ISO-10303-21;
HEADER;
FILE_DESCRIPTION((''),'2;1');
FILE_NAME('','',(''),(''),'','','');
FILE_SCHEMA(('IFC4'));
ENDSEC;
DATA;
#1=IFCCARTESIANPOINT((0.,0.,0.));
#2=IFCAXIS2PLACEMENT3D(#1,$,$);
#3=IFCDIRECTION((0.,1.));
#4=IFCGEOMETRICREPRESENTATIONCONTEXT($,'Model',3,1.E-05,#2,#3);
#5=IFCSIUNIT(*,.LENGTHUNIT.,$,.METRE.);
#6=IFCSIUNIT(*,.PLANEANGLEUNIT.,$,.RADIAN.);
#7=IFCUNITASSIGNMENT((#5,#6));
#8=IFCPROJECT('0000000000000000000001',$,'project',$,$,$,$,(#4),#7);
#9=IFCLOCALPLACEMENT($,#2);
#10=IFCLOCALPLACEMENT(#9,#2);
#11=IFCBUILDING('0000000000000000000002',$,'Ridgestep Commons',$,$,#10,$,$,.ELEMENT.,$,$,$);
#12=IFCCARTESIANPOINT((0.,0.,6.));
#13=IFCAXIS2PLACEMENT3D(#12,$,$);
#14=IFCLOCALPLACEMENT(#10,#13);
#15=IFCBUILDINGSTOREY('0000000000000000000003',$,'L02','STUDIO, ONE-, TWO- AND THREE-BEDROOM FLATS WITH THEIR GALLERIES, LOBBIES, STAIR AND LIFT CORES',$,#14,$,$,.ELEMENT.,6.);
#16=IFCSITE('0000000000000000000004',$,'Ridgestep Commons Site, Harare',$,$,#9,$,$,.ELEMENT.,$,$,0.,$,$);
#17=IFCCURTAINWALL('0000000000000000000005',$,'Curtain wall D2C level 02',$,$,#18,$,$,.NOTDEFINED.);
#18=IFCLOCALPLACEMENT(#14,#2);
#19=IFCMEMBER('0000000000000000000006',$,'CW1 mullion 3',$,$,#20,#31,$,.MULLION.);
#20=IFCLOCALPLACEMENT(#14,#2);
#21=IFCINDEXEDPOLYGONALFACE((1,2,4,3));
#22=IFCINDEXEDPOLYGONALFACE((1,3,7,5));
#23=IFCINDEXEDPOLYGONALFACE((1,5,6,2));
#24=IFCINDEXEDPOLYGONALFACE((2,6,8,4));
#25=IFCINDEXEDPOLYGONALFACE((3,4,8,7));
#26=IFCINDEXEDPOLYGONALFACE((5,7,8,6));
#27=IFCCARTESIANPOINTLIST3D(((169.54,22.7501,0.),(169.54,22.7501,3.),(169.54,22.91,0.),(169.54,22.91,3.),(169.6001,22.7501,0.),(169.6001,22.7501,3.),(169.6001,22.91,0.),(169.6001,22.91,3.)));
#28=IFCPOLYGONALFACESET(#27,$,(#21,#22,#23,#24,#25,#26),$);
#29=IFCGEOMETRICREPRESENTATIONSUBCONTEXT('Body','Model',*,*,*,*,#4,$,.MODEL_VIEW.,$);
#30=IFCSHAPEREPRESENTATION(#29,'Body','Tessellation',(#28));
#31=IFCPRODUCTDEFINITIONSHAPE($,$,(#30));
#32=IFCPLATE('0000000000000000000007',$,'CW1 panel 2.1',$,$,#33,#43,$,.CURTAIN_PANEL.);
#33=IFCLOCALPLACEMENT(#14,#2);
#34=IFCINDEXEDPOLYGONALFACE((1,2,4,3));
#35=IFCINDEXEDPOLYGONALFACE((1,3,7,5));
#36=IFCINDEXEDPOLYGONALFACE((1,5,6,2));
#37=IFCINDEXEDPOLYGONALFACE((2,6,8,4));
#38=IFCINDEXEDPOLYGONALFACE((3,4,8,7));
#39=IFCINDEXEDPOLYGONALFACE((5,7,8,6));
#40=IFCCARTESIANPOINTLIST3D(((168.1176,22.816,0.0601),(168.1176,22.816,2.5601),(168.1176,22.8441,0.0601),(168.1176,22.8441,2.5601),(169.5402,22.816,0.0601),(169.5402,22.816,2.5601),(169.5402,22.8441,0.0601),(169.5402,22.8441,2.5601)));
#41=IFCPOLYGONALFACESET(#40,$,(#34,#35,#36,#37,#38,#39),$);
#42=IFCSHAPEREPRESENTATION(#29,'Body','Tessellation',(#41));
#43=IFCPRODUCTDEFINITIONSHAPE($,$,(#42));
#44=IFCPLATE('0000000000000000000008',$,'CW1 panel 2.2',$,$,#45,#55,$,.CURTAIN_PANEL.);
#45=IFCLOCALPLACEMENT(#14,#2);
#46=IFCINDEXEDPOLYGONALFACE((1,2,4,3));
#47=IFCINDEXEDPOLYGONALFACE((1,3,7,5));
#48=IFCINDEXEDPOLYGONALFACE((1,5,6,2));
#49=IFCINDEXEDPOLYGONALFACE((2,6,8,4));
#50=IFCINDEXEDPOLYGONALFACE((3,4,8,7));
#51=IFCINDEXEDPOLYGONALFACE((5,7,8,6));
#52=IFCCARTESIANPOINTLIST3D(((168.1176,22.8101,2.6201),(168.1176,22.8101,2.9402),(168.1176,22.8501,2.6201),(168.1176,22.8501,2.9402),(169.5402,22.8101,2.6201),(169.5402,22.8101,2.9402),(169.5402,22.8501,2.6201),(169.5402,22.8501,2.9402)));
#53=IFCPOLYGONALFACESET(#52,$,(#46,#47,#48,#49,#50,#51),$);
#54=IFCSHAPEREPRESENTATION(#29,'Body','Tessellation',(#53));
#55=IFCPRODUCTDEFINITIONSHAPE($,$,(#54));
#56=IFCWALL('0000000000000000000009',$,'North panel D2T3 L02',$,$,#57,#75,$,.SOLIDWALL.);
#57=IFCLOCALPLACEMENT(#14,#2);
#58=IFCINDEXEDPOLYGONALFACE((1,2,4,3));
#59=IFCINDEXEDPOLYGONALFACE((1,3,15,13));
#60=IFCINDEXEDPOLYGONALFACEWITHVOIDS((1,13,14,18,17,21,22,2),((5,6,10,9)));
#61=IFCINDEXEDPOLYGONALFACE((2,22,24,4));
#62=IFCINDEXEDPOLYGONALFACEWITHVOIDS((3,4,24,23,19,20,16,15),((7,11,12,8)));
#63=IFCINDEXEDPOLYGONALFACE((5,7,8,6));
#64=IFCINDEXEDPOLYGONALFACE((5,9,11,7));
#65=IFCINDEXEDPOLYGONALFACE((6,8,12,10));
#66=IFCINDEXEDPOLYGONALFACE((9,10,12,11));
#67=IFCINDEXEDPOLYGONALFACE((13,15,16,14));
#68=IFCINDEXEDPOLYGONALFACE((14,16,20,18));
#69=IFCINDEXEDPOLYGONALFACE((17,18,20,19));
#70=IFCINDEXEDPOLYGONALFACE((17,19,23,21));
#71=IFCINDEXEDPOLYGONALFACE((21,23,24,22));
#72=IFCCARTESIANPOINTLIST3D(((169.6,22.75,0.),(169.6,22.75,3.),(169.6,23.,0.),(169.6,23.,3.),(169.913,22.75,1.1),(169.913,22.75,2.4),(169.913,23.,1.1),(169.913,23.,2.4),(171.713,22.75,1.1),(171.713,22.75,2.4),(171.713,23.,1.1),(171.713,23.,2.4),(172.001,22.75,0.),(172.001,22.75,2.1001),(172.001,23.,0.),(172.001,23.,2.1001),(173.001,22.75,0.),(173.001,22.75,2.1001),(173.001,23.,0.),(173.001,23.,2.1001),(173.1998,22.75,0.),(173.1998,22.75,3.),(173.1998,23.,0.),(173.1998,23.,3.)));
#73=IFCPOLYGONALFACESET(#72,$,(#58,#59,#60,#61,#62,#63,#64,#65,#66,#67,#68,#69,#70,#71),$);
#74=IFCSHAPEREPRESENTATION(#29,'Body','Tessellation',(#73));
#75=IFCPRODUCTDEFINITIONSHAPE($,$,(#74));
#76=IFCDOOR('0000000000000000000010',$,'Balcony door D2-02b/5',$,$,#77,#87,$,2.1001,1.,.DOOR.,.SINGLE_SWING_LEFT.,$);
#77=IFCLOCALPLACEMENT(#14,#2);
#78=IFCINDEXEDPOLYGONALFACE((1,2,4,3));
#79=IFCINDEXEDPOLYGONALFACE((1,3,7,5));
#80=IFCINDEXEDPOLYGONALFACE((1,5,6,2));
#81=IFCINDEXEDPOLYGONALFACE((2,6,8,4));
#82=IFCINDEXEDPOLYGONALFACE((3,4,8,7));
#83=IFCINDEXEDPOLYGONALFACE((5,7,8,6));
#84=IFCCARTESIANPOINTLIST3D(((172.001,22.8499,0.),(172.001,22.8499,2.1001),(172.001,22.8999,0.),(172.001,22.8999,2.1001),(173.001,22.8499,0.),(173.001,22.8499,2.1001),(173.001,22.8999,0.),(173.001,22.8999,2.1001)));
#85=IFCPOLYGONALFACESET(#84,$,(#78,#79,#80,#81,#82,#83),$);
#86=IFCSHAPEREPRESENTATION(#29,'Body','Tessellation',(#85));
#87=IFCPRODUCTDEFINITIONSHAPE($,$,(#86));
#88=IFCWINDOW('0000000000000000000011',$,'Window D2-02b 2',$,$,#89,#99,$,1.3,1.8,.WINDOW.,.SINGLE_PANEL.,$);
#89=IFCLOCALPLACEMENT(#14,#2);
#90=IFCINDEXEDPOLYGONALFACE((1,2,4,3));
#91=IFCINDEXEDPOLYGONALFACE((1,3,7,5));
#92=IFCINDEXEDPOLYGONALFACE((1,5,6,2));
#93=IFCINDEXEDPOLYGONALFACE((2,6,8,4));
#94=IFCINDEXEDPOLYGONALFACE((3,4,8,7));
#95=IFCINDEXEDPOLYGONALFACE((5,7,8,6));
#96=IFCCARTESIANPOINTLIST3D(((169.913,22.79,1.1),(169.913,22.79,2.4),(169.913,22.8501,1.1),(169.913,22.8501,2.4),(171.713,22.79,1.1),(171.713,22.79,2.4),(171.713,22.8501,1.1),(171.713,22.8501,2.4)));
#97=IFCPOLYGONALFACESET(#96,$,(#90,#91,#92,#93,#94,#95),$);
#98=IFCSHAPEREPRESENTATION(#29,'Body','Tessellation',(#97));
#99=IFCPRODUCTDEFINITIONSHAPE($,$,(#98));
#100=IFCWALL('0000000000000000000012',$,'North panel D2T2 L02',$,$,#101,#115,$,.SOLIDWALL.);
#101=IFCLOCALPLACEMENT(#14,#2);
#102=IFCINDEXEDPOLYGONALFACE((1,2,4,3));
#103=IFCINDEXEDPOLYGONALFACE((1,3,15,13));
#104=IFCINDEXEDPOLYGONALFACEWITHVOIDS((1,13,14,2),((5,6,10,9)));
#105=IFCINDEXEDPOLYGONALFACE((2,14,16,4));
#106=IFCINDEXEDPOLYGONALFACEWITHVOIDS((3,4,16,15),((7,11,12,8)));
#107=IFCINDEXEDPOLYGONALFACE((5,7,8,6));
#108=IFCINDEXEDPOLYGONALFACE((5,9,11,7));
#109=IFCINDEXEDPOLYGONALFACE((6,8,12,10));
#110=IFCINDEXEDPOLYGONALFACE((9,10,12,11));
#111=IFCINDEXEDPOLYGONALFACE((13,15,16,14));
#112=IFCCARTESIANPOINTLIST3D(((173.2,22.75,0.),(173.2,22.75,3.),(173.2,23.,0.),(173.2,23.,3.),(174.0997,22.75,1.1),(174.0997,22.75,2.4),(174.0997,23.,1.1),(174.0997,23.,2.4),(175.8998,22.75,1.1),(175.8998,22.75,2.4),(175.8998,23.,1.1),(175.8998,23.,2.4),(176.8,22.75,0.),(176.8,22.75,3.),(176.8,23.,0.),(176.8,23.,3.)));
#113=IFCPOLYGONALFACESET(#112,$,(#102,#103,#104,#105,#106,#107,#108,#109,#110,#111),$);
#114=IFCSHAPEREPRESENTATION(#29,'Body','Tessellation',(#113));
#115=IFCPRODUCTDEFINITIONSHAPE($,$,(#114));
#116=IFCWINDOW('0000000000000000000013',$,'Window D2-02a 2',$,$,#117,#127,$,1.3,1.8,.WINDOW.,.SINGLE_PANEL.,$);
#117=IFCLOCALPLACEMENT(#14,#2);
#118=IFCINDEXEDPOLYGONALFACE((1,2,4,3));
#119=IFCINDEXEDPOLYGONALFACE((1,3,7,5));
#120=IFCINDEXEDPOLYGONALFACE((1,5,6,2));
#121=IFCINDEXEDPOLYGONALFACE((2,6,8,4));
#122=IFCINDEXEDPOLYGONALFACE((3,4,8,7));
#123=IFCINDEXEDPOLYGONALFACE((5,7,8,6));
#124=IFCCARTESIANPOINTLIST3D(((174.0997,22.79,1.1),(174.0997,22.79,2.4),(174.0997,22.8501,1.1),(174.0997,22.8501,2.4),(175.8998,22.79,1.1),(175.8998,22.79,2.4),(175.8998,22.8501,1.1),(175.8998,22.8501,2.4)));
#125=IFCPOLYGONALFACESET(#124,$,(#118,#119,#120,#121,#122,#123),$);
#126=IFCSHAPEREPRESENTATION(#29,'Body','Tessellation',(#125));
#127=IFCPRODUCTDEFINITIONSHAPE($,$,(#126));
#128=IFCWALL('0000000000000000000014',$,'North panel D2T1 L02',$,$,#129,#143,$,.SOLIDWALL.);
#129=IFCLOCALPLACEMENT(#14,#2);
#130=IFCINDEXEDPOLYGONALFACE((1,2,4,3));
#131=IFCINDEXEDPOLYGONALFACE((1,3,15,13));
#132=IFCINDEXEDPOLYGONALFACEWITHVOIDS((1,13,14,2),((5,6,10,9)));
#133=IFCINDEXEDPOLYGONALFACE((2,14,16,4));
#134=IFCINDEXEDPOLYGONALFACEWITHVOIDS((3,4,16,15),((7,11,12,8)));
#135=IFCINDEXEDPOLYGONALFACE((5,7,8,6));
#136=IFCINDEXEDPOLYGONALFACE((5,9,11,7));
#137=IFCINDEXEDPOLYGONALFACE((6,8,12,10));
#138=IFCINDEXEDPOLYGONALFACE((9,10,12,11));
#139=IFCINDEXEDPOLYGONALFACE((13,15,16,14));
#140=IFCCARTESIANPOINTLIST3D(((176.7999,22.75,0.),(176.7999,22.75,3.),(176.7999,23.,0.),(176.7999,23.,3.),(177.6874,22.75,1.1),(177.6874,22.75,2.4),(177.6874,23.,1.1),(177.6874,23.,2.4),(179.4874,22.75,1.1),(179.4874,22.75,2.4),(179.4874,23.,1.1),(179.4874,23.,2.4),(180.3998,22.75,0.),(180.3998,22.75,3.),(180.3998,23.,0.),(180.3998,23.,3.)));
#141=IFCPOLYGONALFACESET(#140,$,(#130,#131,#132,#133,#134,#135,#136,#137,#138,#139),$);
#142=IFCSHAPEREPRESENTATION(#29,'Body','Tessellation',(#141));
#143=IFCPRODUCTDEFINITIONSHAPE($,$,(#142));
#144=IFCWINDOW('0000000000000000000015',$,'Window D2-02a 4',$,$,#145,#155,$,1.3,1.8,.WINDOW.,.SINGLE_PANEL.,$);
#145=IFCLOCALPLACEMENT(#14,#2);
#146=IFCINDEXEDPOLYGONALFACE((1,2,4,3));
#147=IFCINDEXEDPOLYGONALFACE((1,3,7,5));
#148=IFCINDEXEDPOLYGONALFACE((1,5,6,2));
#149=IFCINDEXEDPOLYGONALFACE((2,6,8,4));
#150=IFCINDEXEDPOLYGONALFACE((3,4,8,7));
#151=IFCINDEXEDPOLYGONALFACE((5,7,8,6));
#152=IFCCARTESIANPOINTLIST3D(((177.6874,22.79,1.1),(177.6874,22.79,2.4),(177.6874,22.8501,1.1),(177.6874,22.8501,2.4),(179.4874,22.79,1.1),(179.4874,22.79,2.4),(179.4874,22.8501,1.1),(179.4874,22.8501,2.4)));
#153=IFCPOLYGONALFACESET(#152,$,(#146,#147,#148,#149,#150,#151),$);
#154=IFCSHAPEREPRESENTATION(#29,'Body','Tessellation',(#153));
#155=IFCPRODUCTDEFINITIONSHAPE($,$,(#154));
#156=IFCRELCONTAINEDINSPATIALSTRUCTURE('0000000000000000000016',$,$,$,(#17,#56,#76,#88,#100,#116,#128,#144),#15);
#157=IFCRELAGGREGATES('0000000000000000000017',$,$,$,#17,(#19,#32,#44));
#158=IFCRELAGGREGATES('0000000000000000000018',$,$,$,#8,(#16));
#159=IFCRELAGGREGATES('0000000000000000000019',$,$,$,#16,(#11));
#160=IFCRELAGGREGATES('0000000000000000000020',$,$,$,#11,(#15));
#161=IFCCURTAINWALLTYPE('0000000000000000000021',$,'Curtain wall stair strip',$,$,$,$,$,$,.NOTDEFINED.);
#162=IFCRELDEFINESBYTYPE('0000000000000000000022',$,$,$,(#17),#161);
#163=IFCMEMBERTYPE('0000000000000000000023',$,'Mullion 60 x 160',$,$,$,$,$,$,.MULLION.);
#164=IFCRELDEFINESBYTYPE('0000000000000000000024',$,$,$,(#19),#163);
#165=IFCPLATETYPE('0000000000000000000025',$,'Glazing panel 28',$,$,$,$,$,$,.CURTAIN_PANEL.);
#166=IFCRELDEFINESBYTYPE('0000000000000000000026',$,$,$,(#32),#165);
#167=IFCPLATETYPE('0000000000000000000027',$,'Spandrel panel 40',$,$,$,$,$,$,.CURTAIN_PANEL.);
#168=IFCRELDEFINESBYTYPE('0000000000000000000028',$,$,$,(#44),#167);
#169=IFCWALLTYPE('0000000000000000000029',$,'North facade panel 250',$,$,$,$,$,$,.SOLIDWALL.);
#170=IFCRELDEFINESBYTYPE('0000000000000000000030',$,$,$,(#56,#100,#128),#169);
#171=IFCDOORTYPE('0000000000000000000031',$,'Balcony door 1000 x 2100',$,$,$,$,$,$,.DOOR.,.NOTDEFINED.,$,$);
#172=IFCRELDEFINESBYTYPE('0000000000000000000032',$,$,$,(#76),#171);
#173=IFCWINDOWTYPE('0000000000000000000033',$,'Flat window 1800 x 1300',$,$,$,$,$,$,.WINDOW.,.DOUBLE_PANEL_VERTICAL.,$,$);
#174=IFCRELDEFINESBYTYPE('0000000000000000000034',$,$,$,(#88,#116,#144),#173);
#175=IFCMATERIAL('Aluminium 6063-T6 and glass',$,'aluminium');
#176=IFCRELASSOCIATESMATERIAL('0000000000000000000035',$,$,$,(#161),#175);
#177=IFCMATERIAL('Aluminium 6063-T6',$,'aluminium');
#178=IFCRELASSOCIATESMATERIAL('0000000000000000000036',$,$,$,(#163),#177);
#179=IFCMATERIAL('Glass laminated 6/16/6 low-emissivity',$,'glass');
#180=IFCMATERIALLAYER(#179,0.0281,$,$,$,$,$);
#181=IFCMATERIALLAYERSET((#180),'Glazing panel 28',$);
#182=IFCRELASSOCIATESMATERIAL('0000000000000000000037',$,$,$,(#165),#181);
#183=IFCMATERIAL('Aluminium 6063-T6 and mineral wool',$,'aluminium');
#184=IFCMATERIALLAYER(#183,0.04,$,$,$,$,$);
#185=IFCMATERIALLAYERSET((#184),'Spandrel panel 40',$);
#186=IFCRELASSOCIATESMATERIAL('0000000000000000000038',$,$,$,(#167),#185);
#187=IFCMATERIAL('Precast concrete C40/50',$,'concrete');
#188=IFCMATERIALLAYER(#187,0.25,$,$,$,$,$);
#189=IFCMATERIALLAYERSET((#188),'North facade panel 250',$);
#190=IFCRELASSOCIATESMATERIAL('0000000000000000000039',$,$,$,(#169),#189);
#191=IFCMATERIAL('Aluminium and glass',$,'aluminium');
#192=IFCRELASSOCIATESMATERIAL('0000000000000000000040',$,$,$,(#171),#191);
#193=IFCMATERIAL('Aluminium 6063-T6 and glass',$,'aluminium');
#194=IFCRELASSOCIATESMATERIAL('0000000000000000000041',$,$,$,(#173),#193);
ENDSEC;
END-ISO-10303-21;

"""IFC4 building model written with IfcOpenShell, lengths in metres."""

from ifc_helpers import new_model, si_unit, direction, frame, frame_2d, origin, origin_2d, place, context, subcontext, project, spatial, rectangle, extrude, material, layer, layer_set, material_profile, profile_set, type_object, element, fill, aggregate, save


model = new_model("IFC4")

# Units and contexts
model_context = context("Model", 3, precision=1e-05, world=origin(), true_north=direction((0.0, 1.0)))
body_context = subcontext(model_context, "Body", "Model", "MODEL_VIEW")
ifc_project = project(units=[si_unit("LENGTHUNIT", "METRE"), si_unit("PLANEANGLEUNIT", "RADIAN")], contexts=[model_context])

# Site, building, storey
site_placement = place(None, origin())
site = spatial("IfcSite", under=ifc_project, at=site_placement, Name="Ridgestep Commons Site, Harare", CompositionType="ELEMENT", RefElevation=0.0)
building_placement = place(site_placement, origin())
building = spatial("IfcBuilding", under=site, at=building_placement, Name="Ridgestep Commons", CompositionType="ELEMENT")
storey_placement = place(building_placement, frame((0.0, 0.0, 6.0)))
storey = spatial("IfcBuildingStorey", under=building, at=storey_placement, Name="L02", Description="STUDIO, ONE-, TWO- AND THREE-BEDROOM FLATS WITH THEIR GALLERIES, LOBBIES, STAIR AND LIFT CORES", CompositionType="ELEMENT", Elevation=6.0)

# Curtain wall, member, plates
ifc_material_1 = material(Name="Aluminium 6063-T6 and glass", Category="aluminium")
curtain_wall_type = type_object("IfcCurtainWallType", Name="Curtain wall stair strip", PredefinedType="NOTDEFINED", material=ifc_material_1)
curtain_wall_placement = place(storey_placement, origin())
curtain_wall = element("IfcCurtainWall", 1, at=curtain_wall_placement, inside=storey, type_object=curtain_wall_type, Name="Curtain wall D2C level 02", PredefinedType="NOTDEFINED")
ifc_material_2 = material(Name="Aluminium 6063-T6", Category="aluminium")
ifc_material_profile = material_profile(ifc_material_2, rectangle(XDim=0.1599, YDim=0.0601, at=origin_2d()), Name="Mullion 60 x 160")
ifc_profile_set = profile_set([ifc_material_profile], Name="Aluminium 6063-T6")
member_type = type_object("IfcMemberType", Name="Mullion 60 x 160", PredefinedType="MULLION", material=ifc_profile_set)
member_placement = place(storey_placement, frame((169.5701, 22.8301, 0.0), z_axis=(0.0, 0.0, 1.0), x_axis=(0.0, 1.0, 0.0)))
member = element("IfcMember", 2, at=member_placement, type_object=member_type, Name="CW1 mullion 3", PredefinedType="MULLION", context=body_context, shape_type="SweptSolid", body=[
    extrude(rectangle(XDim=0.1599, YDim=0.0601, at=origin_2d()), origin(), (0.0, 0.0, 1.0), 3.0),
])
ifc_material_3 = material(Name="Glass laminated 6/16/6 low-emissivity", Category="glass")
ifc_layer_1 = layer(ifc_material_3, 0.0281)
ifc_layer_set_1 = layer_set([ifc_layer_1], Name="Glazing panel 28")
plate_type_1 = type_object("IfcPlateType", Name="Glazing panel 28", PredefinedType="CURTAIN_PANEL", material=ifc_layer_set_1)
plate_1_placement = place(storey_placement, frame((168.8289, 22.8301, 0.0601), z_axis=(0.0, 0.0, 1.0), x_axis=(1.0, 0.0, 0.0)))
plate_1 = element("IfcPlate", 3, at=plate_1_placement, type_object=plate_type_1, Name="CW1 panel 2.1", PredefinedType="CURTAIN_PANEL", context=body_context, shape_type="SweptSolid", body=[
    extrude(rectangle(XDim=1.4226, YDim=0.0281, at=origin_2d()), origin(), (0.0, 0.0, 1.0), 2.5),
])
ifc_material_4 = material(Name="Aluminium 6063-T6 and mineral wool", Category="aluminium")
ifc_layer_2 = layer(ifc_material_4, 0.04)
ifc_layer_set_2 = layer_set([ifc_layer_2], Name="Spandrel panel 40")
plate_type_2 = type_object("IfcPlateType", Name="Spandrel panel 40", PredefinedType="CURTAIN_PANEL", material=ifc_layer_set_2)
plate_2_placement = place(storey_placement, frame((168.8289, 22.8301, 2.6201), z_axis=(0.0, 0.0, 1.0), x_axis=(1.0, 0.0, 0.0)))
plate_2 = element("IfcPlate", 4, at=plate_2_placement, type_object=plate_type_2, Name="CW1 panel 2.2", PredefinedType="CURTAIN_PANEL", context=body_context, shape_type="SweptSolid", body=[
    extrude(rectangle(XDim=1.4226, YDim=0.04, at=origin_2d()), origin(), (0.0, 0.0, 1.0), 0.3201),
])
aggregate(curtain_wall, [member, plate_1, plate_2])

# Wall, openings, door, window
ifc_material_5 = material(Name="Precast concrete C40/50", Category="concrete")
ifc_layer_3 = layer(ifc_material_5, 0.25)
ifc_layer_set_3 = layer_set([ifc_layer_3], Name="North facade panel 250")
wall_type_1 = type_object("IfcWallType", Name="North facade panel 250", PredefinedType="SOLIDWALL", material=ifc_layer_set_3)
wall_1_placement = place(storey_placement, frame((169.6001, 22.875, 0.0), z_axis=(0.0, 0.0, 1.0), x_axis=(1.0, 0.0, 0.0)))
wall_1 = element("IfcWall", 5, at=wall_1_placement, inside=storey, type_object=wall_type_1, Name="North panel D2T3 L02", PredefinedType="SOLIDWALL", context=body_context, shape_type="SweptSolid", body=[
    extrude(rectangle(XDim=3.5999, YDim=0.25, at=frame_2d((1.7998, 0.0))), origin(), (0.0, 0.0, 1.0), 3.0),
])
opening_1_placement = place(wall_1_placement, frame((0.313, 0.0, 1.1001)))
opening_1 = element("IfcOpeningElement", 6, at=opening_1_placement, cuts=wall_1, PredefinedType="OPENING", context=body_context, shape_type="SweptSolid", body=[
    extrude(rectangle(XDim=1.8, YDim=1.3, at=frame_2d((0.8999, 0.6499))), frame((0.0, 0.135, 0.0), z_axis=(0.0, -1.0, 0.0), x_axis=(1.0, 0.0, 0.0)), (0.0, 0.0, 1.0), 0.27),
])
opening_2_placement = place(wall_1_placement, frame((2.4009, 0.0, 0.0)))
opening_2 = element("IfcOpeningElement", 7, at=opening_2_placement, cuts=wall_1, PredefinedType="OPENING", context=body_context, shape_type="SweptSolid", body=[
    extrude(rectangle(XDim=1.0, YDim=2.1001, at=frame_2d((0.5, 1.05))), frame((0.0, 0.135, 0.0), z_axis=(0.0, -1.0, 0.0), x_axis=(1.0, 0.0, 0.0)), (0.0, 0.0, 1.0), 0.27),
])
ifc_material_6 = material(Name="Aluminium and glass", Category="aluminium")
door_type_1 = type_object("IfcDoorType", Name="Balcony door 1000 x 2100", OperationType="NOTDEFINED", PredefinedType="DOOR", material=ifc_material_6)
door_1_placement = place(opening_2_placement, origin())
door_1 = element("IfcDoor", 8, at=door_1_placement, inside=storey, type_object=door_type_1, Name="Balcony door D2-02b/5", OperationType="SINGLE_SWING_LEFT", OverallHeight=2.1001, OverallWidth=1.0, PredefinedType="DOOR", context=body_context, shape_type="SweptSolid", body=[
    extrude(rectangle(XDim=1.0, YDim=2.1001, at=frame_2d((0.5, 1.05))), frame((0.0, 0.0249, 0.0), z_axis=(0.0, -1.0, 0.0), x_axis=(1.0, 0.0, 0.0)), (0.0, 0.0, 1.0), 0.05),
])
fill(opening_2, door_1)
ifc_material_7 = material(Name="Aluminium 6063-T6 and glass", Category="aluminium")
window_type = type_object("IfcWindowType", Name="Flat window 1800 x 1300", PartitioningType="DOUBLE_PANEL_VERTICAL", PredefinedType="WINDOW", material=ifc_material_7)
window_1_placement = place(opening_1_placement, origin())
window_1 = element("IfcWindow", 9, at=window_1_placement, inside=storey, type_object=window_type, Name="Window D2-02b 2", OverallHeight=1.3, OverallWidth=1.8, PartitioningType="SINGLE_PANEL", PredefinedType="WINDOW", context=body_context, shape_type="SweptSolid", body=[
    extrude(rectangle(XDim=1.8, YDim=1.3, at=frame_2d((0.8999, 0.6499))), frame((0.0, -0.0249, 0.0), z_axis=(0.0, -1.0, 0.0), x_axis=(1.0, 0.0, 0.0)), (0.0, 0.0, 1.0), 0.0601),
])
fill(opening_1, window_1)

# Walls, openings, windows
wall_2_placement = place(storey_placement, frame((173.2, 22.875, 0.0), z_axis=(0.0, 0.0, 1.0), x_axis=(1.0, 0.0, 0.0)))
wall_2 = element("IfcWall", 10, at=wall_2_placement, inside=storey, type_object=wall_type_1, Name="North panel D2T2 L02", PredefinedType="SOLIDWALL", context=body_context, shape_type="SweptSolid", body=[
    extrude(rectangle(XDim=3.6001, YDim=0.25, at=frame_2d((1.8, 0.0))), origin(), (0.0, 0.0, 1.0), 3.0),
])
opening_3_placement = place(wall_2_placement, frame((0.8999, 0.0, 1.1001)))
opening_3 = element("IfcOpeningElement", 11, at=opening_3_placement, cuts=wall_2, PredefinedType="OPENING", context=body_context, shape_type="SweptSolid", body=[
    extrude(rectangle(XDim=1.8, YDim=1.3, at=frame_2d((0.8999, 0.6499))), frame((0.0, 0.135, 0.0), z_axis=(0.0, -1.0, 0.0), x_axis=(1.0, 0.0, 0.0)), (0.0, 0.0, 1.0), 0.27),
])
window_2_placement = place(opening_3_placement, origin())
window_2 = element("IfcWindow", 12, at=window_2_placement, inside=storey, type_object=window_type, Name="Window D2-02a 2", OverallHeight=1.3, OverallWidth=1.8, PartitioningType="SINGLE_PANEL", PredefinedType="WINDOW", context=body_context, shape_type="SweptSolid", body=[
    extrude(rectangle(XDim=1.8, YDim=1.3, at=frame_2d((0.8999, 0.6499))), frame((0.0, -0.0249, 0.0), z_axis=(0.0, -1.0, 0.0), x_axis=(1.0, 0.0, 0.0)), (0.0, 0.0, 1.0), 0.0601),
])
fill(opening_3, window_2)
wall_3_placement = place(storey_placement, frame((176.8, 22.875, 0.0), z_axis=(0.0, 0.0, 1.0), x_axis=(1.0, 0.0, 0.0)))
wall_3 = element("IfcWall", 13, at=wall_3_placement, inside=storey, type_object=wall_type_1, Name="North panel D2T1 L02", PredefinedType="SOLIDWALL", context=body_context, shape_type="SweptSolid", body=[
    extrude(rectangle(XDim=3.5999, YDim=0.25, at=frame_2d((1.7998, 0.0))), origin(), (0.0, 0.0, 1.0), 3.0),
])
opening_4_placement = place(wall_3_placement, frame((0.8875, 0.0, 1.1001)))
opening_4 = element("IfcOpeningElement", 14, at=opening_4_placement, cuts=wall_3, PredefinedType="OPENING", context=body_context, shape_type="SweptSolid", body=[
    extrude(rectangle(XDim=1.8, YDim=1.3, at=frame_2d((0.8999, 0.6499))), frame((0.0, 0.135, 0.0), z_axis=(0.0, -1.0, 0.0), x_axis=(1.0, 0.0, 0.0)), (0.0, 0.0, 1.0), 0.27),
])
window_3_placement = place(opening_4_placement, origin())
window_3 = element("IfcWindow", 15, at=window_3_placement, inside=storey, type_object=window_type, Name="Window D2-02a 4", OverallHeight=1.3, OverallWidth=1.8, PartitioningType="SINGLE_PANEL", PredefinedType="WINDOW", context=body_context, shape_type="SweptSolid", body=[
    extrude(rectangle(XDim=1.8, YDim=1.3, at=frame_2d((0.8999, 0.6499))), frame((0.0, -0.0249, 0.0), z_axis=(0.0, -1.0, 0.0), x_axis=(1.0, 0.0, 0.0)), (0.0, 0.0, 1.0), 0.0601),
])
fill(opening_4, window_3)

save(model, "model.ifc")
